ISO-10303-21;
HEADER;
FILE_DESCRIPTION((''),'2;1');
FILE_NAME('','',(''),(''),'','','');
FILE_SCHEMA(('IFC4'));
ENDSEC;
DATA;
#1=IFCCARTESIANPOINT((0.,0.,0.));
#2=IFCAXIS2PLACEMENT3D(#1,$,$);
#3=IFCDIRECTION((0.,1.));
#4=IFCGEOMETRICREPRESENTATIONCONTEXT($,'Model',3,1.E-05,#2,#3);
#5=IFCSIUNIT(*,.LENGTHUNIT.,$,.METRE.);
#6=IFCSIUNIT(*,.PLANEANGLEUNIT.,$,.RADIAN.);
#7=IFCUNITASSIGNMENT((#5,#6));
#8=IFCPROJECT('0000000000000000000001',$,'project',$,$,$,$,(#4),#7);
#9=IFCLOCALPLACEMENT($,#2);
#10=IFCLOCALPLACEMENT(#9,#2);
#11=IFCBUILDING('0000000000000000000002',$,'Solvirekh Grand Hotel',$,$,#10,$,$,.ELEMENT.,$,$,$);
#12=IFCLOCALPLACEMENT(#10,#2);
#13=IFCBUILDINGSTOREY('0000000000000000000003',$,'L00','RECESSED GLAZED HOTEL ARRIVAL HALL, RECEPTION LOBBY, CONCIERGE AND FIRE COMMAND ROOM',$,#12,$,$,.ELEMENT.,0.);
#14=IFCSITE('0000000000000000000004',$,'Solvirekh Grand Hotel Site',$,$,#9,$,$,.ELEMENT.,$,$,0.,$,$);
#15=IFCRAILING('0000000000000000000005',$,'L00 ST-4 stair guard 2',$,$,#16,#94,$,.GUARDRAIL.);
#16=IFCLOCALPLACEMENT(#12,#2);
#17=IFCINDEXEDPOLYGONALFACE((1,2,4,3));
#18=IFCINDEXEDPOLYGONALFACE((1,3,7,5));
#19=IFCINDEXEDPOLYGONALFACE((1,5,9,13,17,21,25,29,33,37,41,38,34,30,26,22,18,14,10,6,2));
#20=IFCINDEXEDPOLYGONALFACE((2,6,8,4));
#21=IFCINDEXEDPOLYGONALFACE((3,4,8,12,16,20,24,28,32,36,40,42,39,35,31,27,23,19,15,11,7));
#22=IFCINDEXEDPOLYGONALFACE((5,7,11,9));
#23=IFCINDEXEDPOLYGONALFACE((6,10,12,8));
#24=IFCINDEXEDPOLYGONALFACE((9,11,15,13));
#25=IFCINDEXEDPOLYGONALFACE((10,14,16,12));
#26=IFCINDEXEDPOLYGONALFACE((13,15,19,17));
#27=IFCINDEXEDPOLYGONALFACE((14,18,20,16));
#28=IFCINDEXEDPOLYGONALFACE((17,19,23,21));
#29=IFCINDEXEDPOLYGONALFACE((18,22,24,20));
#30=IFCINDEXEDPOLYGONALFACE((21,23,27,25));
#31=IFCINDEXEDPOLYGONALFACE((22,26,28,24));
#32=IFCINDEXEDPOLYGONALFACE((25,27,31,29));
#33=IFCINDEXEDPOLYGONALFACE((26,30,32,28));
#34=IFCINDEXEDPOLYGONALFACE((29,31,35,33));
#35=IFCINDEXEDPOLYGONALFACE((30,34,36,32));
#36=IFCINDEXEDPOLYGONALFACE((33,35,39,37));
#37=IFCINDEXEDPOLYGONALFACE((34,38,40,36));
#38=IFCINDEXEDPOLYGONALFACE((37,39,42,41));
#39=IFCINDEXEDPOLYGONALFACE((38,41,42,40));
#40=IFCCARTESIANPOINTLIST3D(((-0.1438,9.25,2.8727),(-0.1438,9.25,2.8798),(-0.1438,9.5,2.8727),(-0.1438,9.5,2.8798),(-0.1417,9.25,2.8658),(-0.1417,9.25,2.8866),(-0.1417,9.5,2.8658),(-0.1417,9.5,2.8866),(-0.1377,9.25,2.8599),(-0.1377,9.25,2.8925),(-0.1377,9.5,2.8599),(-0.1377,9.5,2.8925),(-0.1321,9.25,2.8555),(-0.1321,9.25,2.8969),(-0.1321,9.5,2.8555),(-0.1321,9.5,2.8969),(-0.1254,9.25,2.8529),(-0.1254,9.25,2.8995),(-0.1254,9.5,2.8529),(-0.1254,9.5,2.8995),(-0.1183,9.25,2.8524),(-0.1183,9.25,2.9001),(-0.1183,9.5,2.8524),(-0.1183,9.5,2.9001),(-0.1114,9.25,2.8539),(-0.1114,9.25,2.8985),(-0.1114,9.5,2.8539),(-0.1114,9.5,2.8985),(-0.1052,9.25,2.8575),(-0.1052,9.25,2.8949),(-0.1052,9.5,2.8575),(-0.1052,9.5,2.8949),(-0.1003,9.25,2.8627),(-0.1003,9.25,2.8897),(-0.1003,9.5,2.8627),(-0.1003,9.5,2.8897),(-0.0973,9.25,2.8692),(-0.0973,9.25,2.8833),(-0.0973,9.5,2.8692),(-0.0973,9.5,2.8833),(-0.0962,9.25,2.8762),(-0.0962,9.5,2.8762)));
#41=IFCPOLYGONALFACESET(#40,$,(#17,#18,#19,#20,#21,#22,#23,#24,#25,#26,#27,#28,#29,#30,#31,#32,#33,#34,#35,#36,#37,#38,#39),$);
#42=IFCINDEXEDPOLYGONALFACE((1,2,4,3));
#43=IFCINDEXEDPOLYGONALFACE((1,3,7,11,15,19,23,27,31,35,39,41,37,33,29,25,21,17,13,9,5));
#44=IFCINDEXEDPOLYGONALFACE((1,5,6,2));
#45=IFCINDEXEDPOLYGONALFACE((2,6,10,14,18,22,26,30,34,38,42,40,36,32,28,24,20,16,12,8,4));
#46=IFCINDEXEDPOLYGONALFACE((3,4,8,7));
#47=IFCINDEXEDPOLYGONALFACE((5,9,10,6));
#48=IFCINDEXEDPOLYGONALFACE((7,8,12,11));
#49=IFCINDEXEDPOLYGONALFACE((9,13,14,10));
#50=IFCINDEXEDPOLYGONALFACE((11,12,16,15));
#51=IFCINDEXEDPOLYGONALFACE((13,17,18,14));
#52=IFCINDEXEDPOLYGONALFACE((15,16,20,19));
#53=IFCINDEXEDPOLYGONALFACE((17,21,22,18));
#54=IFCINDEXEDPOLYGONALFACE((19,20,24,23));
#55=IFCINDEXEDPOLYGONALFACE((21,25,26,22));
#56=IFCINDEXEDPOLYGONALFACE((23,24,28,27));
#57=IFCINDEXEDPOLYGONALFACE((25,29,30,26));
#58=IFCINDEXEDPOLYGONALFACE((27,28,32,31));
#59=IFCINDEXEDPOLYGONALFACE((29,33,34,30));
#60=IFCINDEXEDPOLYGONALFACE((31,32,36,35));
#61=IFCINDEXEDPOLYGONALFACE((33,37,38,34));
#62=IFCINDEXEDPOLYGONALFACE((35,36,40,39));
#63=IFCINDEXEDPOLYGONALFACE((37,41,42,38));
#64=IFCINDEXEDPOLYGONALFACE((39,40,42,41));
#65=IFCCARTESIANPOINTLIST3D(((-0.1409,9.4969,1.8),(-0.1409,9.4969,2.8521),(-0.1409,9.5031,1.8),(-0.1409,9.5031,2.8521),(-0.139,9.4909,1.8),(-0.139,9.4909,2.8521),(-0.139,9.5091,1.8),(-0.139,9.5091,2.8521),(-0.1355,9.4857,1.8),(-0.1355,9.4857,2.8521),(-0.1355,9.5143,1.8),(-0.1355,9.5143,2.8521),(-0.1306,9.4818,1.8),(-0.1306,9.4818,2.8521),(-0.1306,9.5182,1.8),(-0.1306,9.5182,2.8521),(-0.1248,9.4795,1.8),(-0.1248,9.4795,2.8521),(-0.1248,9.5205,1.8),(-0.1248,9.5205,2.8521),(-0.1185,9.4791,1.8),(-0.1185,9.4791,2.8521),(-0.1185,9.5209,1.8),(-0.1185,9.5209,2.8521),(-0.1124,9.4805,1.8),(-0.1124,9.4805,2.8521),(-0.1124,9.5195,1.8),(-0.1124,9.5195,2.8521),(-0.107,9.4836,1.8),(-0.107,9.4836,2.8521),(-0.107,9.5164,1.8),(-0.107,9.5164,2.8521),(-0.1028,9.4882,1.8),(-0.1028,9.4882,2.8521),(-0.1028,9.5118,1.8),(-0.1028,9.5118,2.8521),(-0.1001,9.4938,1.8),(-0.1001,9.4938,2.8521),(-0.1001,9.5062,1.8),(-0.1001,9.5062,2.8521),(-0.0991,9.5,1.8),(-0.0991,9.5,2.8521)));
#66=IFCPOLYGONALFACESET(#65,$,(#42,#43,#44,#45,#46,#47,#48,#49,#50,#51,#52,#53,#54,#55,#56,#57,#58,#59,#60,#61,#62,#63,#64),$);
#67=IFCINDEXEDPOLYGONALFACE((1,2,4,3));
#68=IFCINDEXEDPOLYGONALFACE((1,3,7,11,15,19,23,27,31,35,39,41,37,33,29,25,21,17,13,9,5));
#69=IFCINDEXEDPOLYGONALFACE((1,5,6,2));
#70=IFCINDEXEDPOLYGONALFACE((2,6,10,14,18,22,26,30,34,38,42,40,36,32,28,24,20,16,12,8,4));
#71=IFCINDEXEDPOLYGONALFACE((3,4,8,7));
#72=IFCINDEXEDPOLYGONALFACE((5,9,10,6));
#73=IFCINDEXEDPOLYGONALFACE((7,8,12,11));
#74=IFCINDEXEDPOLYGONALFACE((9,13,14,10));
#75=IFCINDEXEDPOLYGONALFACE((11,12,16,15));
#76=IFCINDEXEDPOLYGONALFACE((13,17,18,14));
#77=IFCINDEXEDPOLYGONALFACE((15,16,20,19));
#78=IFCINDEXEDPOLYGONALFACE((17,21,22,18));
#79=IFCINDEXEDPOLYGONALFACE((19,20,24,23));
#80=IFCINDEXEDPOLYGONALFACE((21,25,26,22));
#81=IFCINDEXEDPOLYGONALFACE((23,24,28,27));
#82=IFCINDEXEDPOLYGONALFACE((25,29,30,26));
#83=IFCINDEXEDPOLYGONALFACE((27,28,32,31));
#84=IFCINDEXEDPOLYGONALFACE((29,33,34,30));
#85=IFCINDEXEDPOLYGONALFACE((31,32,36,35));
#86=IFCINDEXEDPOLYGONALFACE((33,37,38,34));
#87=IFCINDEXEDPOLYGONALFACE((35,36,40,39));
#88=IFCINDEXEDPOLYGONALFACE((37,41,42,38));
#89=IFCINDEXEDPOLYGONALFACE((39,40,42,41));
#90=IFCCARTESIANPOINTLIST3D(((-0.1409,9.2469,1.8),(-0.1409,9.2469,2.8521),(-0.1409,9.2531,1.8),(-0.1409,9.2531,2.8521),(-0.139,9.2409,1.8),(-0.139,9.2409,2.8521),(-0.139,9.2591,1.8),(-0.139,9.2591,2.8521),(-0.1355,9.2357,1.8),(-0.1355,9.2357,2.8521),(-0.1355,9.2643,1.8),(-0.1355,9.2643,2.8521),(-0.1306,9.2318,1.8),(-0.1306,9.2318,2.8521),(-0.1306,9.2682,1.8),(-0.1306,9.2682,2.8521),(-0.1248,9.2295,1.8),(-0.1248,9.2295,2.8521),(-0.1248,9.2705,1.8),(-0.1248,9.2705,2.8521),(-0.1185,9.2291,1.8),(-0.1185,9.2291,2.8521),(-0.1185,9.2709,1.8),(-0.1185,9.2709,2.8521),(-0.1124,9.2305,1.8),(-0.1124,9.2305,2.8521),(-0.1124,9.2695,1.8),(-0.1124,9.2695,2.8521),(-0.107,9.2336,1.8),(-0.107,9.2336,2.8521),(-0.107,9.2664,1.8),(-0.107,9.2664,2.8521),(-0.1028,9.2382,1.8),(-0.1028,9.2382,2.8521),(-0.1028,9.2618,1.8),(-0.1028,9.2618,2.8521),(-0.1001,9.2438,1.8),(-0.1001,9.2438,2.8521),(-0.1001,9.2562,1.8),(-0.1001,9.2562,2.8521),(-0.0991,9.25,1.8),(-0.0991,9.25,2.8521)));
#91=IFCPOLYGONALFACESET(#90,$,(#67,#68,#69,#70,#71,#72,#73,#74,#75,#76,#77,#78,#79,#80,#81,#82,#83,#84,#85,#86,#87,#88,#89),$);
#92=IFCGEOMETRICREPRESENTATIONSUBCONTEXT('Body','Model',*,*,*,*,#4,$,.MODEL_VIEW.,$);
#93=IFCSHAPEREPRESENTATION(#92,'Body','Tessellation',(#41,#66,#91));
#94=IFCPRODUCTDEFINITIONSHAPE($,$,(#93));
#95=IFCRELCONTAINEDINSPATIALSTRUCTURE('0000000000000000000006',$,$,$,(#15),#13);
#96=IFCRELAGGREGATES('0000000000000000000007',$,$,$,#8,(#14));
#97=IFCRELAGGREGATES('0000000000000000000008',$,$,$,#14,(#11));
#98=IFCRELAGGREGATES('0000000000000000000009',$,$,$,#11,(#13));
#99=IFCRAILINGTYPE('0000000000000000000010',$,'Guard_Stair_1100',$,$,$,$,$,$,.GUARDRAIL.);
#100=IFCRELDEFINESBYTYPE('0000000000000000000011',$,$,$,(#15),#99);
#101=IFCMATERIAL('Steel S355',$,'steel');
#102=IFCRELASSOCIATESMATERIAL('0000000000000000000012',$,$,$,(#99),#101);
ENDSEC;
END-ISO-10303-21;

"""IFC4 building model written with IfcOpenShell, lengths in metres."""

from ifc_helpers import new_model, si_unit, direction, frame, origin, origin_2d, place, context, subcontext, project, spatial, circle, extrude, material, type_object, element, save


model = new_model("IFC4")

# Units and contexts
model_context = context("Model", 3, precision=1e-05, world=origin(), true_north=direction((0.0, 1.0)))
body_context = subcontext(model_context, "Body", "Model", "MODEL_VIEW")
ifc_project = project(units=[si_unit("LENGTHUNIT", "METRE"), si_unit("PLANEANGLEUNIT", "RADIAN")], contexts=[model_context])

# Site, building, storey
site_placement = place(None, origin())
site = spatial("IfcSite", under=ifc_project, at=site_placement, Name="Solvirekh Grand Hotel Site", CompositionType="ELEMENT", RefElevation=0.0)
building_placement = place(site_placement, origin())
building = spatial("IfcBuilding", under=site, at=building_placement, Name="Solvirekh Grand Hotel", CompositionType="ELEMENT")
storey_placement = place(building_placement, origin())
storey = spatial("IfcBuildingStorey", under=building, at=storey_placement, Name="L00", Description="RECESSED GLAZED HOTEL ARRIVAL HALL, RECEPTION LOBBY, CONCIERGE AND FIRE COMMAND ROOM", CompositionType="ELEMENT", Elevation=0.0)

# Shared definitions
ifc_material_1 = material(Name="Steel S355", Category="steel")

# Railing
railing_type_1 = type_object("IfcRailingType", Name="Guard_Stair_1100", PredefinedType="GUARDRAIL", material=ifc_material_1)
railing_1_placement = place(storey_placement, frame((-0.1201, 9.5, 1.8)))
element("IfcRailing", 1, at=railing_1_placement, inside=storey, type_object=railing_type_1, Name="L00 ST-4 stair guard 2", PredefinedType="GUARDRAIL", context=body_context, shape_type="SweptSolid", body=[
    extrude(circle(Radius=0.0239, at=origin_2d()), frame((0.0, 0.0, 1.0762), z_axis=(0.0, -1.0, 0.0), x_axis=(1.0, 0.0, 0.0)), (0.0, 0.0, 1.0), 0.25),
    extrude(circle(Radius=0.021, at=origin_2d()), origin(), (0.0, 0.0, 1.0), 1.052),
    extrude(circle(Radius=0.021, at=origin_2d()), frame((0.0, -0.25, 0.0)), (0.0, 0.0, 1.0), 1.052),
])

save(model, "model.ifc")
